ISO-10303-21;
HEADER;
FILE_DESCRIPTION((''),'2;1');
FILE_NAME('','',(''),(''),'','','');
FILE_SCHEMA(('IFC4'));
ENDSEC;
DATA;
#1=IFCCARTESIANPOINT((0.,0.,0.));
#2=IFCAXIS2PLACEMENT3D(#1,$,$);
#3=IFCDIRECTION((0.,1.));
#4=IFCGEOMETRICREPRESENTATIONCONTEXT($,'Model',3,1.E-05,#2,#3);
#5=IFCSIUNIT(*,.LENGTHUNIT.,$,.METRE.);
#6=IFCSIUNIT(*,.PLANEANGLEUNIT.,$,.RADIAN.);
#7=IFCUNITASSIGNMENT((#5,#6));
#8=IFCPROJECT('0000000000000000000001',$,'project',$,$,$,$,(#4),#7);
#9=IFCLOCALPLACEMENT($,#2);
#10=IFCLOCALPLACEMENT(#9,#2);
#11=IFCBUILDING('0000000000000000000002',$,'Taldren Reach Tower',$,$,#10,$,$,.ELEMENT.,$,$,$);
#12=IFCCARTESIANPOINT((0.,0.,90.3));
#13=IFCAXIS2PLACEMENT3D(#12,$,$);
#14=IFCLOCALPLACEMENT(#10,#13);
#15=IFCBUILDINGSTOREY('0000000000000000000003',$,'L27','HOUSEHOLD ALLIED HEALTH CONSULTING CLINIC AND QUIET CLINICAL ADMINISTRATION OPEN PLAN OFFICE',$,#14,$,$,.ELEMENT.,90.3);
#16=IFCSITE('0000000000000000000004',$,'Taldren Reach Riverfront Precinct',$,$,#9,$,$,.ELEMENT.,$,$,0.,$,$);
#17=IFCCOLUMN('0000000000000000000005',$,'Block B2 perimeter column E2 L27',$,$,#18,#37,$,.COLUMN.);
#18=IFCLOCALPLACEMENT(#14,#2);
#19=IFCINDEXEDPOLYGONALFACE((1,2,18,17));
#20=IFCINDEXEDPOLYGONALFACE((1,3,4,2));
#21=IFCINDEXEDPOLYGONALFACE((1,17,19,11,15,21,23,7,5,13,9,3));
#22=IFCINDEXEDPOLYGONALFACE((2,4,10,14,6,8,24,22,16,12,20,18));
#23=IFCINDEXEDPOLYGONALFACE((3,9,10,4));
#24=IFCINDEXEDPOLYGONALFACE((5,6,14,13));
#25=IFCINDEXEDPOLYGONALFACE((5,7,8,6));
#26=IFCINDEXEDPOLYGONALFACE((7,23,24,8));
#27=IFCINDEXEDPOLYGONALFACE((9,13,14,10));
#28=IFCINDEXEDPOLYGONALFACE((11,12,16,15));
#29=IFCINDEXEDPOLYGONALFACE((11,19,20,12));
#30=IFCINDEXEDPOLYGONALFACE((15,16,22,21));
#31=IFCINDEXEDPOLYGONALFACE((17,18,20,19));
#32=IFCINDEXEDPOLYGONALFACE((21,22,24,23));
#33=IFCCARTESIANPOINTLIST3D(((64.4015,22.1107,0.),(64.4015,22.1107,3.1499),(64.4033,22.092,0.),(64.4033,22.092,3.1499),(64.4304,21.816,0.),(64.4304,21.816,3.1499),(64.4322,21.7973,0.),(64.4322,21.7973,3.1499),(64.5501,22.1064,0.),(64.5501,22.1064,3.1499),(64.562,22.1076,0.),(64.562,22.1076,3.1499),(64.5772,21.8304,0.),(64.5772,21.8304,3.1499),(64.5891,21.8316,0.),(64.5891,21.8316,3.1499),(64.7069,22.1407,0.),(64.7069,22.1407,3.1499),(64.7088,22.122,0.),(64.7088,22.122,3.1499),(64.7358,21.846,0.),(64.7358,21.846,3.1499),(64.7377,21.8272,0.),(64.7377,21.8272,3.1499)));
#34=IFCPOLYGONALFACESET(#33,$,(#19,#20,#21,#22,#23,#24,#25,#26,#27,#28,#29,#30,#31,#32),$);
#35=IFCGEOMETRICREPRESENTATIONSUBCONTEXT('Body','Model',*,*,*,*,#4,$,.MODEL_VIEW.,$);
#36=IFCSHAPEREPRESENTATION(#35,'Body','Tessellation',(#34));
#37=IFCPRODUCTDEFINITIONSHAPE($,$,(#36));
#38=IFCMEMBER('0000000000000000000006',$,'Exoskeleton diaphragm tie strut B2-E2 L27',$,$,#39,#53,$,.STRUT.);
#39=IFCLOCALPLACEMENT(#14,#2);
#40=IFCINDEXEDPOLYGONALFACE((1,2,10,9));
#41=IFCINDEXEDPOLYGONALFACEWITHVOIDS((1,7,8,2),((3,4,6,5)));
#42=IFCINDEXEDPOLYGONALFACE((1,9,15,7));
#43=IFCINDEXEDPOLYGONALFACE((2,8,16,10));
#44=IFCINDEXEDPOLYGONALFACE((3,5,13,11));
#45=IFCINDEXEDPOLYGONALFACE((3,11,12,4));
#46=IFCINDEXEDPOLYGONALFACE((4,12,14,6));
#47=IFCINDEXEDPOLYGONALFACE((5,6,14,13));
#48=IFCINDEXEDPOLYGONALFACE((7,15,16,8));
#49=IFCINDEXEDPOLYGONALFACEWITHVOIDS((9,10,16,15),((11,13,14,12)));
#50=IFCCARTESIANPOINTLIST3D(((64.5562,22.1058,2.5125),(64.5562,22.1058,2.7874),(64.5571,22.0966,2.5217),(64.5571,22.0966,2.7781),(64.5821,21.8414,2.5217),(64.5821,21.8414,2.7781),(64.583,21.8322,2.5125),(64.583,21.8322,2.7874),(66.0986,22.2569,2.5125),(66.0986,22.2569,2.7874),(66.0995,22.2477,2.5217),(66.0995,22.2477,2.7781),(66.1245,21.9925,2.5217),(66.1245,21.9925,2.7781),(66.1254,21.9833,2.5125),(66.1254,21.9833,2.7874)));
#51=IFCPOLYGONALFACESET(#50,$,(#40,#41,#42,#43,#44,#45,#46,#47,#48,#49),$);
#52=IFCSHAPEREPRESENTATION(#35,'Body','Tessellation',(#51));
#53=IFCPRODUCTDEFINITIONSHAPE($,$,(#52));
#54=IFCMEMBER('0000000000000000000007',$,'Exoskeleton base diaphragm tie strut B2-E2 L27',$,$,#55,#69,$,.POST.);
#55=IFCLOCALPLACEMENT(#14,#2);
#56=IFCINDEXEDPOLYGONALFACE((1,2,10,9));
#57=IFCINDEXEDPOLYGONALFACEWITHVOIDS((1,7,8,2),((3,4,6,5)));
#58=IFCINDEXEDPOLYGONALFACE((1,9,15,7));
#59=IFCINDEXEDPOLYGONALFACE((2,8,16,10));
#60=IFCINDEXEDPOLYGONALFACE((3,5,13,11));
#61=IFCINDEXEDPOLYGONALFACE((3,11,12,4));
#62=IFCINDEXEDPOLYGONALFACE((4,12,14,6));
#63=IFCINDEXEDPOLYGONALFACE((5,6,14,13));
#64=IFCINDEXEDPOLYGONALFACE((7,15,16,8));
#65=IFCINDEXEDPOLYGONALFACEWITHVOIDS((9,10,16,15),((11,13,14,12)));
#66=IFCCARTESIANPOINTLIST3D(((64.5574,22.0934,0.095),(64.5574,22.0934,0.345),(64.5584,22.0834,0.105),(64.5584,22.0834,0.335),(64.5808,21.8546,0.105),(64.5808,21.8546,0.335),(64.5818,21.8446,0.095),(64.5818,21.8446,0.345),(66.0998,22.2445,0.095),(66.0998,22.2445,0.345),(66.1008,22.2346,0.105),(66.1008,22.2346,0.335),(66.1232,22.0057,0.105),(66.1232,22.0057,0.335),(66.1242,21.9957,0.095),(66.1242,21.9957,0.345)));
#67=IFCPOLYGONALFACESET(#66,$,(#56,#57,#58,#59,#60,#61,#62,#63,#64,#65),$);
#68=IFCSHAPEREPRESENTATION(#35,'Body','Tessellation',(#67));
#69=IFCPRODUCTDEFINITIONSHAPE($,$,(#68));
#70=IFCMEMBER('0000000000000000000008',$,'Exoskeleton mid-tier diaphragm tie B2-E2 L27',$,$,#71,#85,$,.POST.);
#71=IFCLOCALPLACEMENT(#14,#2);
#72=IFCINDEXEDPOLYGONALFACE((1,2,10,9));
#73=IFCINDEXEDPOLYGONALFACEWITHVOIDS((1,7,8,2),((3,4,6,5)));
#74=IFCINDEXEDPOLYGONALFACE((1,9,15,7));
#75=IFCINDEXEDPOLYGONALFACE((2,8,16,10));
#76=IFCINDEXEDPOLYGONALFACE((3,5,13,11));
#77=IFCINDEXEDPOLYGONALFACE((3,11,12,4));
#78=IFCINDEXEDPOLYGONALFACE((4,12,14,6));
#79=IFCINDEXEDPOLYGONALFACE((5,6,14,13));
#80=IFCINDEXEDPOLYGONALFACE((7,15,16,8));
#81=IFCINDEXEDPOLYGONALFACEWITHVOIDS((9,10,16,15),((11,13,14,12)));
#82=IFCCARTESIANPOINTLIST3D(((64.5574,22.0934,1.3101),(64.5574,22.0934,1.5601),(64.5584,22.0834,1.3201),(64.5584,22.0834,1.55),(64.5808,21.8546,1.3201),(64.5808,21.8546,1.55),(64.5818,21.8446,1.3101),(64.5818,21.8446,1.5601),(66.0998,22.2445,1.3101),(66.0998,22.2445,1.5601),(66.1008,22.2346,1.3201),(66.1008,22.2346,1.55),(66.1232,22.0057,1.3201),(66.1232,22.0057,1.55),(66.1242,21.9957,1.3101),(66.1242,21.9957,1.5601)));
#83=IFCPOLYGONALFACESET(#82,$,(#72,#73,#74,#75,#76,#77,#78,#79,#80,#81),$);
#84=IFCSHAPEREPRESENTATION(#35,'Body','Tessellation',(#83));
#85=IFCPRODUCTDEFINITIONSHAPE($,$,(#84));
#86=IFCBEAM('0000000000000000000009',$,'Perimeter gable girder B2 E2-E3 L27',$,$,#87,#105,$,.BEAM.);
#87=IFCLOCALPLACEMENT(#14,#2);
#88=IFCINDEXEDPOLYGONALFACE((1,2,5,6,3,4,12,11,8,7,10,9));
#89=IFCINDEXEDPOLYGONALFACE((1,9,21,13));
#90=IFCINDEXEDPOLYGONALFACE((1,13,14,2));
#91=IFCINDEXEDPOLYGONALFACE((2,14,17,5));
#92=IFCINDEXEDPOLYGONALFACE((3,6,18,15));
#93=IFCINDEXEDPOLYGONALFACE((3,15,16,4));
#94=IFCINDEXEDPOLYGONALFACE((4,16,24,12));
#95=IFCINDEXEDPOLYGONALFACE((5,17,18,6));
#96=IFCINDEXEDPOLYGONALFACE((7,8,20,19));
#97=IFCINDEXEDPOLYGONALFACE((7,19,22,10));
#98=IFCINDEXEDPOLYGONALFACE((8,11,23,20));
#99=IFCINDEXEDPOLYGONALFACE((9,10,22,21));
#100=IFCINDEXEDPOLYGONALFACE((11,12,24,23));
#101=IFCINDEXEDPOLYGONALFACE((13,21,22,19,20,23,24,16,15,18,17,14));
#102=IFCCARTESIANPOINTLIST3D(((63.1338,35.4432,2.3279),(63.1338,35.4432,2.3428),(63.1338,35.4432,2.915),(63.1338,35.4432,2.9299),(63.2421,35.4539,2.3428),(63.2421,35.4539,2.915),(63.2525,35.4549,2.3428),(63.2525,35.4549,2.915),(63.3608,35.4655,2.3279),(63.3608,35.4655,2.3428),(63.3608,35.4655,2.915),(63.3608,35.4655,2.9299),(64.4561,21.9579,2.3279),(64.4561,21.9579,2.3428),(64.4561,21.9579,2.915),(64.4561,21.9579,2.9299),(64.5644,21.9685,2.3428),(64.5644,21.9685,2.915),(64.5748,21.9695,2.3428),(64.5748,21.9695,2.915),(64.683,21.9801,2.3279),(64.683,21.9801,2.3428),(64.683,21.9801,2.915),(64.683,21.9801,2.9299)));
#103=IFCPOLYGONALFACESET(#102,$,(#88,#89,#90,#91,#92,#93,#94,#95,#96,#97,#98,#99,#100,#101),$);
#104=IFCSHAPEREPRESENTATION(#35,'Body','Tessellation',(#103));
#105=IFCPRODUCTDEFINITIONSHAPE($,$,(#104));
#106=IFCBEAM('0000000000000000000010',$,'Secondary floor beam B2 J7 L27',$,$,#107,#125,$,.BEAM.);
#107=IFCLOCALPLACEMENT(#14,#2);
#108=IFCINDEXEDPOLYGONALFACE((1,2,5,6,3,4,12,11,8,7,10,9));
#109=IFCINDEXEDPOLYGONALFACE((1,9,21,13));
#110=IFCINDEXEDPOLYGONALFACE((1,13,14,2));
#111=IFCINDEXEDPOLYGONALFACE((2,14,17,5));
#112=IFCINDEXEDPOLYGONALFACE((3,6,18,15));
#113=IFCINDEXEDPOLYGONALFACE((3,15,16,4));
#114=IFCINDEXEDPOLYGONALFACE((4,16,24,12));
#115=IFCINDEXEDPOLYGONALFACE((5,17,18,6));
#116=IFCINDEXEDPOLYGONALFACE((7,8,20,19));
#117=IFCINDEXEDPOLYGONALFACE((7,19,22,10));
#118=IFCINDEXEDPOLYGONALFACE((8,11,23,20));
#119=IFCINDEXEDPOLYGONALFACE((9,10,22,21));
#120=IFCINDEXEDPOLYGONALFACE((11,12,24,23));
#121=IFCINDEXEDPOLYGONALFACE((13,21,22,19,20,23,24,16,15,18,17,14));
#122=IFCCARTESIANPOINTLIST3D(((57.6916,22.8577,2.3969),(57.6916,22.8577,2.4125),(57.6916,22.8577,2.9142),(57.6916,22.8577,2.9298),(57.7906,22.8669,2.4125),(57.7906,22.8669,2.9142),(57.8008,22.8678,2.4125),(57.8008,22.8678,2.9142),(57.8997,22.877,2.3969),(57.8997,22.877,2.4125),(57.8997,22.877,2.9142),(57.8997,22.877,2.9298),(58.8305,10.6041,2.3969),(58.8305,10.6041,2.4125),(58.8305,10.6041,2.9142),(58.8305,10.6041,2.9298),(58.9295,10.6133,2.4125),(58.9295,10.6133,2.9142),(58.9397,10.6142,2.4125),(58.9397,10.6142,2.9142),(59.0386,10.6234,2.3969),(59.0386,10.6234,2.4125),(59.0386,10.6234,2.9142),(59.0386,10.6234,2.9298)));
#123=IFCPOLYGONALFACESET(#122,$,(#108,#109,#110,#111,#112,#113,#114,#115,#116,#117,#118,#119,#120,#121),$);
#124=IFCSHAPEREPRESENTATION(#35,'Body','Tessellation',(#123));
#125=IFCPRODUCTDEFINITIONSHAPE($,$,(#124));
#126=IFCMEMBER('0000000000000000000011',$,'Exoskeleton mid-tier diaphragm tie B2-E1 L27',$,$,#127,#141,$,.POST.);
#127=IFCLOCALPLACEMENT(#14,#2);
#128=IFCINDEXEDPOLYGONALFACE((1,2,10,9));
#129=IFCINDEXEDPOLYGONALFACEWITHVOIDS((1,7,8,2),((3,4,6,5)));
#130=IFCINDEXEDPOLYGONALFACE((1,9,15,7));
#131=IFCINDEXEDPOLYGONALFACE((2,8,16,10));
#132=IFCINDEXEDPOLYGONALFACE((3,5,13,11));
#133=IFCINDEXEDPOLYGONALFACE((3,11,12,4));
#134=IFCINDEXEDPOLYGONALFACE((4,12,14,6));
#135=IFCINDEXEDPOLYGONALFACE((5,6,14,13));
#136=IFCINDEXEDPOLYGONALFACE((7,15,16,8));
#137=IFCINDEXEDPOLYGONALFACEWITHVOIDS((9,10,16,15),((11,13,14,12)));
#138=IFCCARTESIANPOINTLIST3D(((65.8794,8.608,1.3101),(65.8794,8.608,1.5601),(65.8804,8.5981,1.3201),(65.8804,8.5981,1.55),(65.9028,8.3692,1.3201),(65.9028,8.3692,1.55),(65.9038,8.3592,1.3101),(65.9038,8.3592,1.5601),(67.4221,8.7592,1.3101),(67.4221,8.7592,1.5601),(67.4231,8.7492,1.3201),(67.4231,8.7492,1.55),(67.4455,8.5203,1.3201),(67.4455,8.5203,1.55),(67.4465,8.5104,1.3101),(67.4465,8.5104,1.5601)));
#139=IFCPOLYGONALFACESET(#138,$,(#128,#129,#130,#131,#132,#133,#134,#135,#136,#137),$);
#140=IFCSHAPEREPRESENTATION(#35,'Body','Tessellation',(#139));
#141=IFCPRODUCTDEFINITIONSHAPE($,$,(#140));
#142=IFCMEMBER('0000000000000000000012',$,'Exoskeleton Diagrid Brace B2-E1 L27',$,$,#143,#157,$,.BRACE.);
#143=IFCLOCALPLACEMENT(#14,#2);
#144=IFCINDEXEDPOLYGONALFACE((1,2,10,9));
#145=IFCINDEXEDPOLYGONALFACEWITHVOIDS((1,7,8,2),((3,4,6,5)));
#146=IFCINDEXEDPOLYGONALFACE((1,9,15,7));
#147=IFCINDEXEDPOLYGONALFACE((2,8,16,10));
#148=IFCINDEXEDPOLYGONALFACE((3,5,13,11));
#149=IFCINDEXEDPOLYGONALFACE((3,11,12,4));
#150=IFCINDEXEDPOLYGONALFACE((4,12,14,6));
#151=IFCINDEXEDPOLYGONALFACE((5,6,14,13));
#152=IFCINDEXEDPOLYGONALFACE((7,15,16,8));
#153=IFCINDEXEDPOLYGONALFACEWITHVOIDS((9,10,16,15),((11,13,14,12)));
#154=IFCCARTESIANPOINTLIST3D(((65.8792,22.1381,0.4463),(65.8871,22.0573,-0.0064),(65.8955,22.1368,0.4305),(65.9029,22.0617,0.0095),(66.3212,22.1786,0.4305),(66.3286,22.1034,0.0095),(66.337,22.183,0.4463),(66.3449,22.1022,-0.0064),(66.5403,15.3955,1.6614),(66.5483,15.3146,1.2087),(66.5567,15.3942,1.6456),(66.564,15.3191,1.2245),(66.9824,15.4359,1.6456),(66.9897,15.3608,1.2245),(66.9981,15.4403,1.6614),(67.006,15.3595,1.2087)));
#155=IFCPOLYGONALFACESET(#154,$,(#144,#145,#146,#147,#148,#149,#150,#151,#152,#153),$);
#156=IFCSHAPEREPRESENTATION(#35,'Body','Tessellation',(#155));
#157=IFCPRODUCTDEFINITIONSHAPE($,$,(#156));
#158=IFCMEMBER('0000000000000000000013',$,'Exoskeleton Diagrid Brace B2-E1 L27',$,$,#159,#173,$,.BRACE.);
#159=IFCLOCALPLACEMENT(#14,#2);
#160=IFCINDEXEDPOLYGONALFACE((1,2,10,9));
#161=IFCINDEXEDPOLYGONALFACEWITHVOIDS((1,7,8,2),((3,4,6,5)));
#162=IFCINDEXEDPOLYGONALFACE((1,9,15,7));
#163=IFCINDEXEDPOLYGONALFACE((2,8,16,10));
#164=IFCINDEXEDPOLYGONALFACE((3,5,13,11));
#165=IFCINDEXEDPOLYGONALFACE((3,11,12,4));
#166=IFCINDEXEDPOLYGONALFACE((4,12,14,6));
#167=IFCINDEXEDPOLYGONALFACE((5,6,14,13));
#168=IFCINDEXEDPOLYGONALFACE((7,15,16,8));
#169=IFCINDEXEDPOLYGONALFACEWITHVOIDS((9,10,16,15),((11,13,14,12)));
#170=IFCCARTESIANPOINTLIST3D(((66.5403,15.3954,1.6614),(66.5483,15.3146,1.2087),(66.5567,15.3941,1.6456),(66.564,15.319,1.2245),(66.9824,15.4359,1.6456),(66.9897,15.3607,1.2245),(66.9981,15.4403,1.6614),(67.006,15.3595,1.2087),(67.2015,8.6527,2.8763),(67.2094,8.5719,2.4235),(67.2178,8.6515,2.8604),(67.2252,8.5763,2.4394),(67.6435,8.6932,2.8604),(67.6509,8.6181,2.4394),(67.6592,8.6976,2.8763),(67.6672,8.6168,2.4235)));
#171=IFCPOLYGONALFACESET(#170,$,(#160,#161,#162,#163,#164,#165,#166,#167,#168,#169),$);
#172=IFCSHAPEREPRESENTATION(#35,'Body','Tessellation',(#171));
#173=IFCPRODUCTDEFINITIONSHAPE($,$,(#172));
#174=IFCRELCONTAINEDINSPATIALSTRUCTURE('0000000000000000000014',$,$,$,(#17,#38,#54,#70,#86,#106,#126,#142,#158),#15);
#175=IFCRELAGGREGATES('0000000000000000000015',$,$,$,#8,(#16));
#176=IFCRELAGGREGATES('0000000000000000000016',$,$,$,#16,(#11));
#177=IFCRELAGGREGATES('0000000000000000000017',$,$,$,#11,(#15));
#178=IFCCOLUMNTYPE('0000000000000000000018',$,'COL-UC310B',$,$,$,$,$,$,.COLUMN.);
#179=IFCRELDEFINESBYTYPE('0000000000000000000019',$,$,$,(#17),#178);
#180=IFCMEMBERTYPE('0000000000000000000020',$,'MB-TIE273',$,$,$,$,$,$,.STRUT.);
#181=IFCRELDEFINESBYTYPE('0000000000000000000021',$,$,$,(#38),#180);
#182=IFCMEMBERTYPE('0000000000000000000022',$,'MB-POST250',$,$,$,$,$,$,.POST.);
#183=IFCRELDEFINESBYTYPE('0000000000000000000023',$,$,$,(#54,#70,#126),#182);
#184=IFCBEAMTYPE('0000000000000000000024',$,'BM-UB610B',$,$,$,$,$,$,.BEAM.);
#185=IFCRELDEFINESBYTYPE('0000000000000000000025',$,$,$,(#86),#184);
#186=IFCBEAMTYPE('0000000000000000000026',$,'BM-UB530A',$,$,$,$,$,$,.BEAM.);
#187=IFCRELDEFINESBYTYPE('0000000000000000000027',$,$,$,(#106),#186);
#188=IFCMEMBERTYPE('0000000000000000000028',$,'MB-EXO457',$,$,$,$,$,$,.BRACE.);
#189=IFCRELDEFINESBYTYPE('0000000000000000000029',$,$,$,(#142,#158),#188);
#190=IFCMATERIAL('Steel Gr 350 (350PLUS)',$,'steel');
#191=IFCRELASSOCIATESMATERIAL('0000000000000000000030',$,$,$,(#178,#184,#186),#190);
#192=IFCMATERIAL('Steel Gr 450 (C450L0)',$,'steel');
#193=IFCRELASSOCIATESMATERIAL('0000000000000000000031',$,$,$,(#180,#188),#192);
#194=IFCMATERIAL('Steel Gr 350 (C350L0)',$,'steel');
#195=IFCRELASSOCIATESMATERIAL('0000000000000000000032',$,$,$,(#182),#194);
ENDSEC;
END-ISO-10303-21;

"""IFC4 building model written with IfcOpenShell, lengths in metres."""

from ifc_helpers import new_model, si_unit, direction, frame, origin, origin_2d, place, context, subcontext, project, spatial, hollow_rectangle, i_section, extrude, source, transform, mapped, material, material_profile, profile_set, type_object, element, save


model = new_model("IFC4")

# Units and contexts
model_context = context("Model", 3, precision=1e-05, world=origin(), true_north=direction((0.0, 1.0)))
body_context = subcontext(model_context, "Body", "Model", "MODEL_VIEW")
ifc_project = project(units=[si_unit("LENGTHUNIT", "METRE"), si_unit("PLANEANGLEUNIT", "RADIAN")], contexts=[model_context])

# Site, building, storey
site_placement = place(None, origin())
site = spatial("IfcSite", under=ifc_project, at=site_placement, Name="Taldren Reach Riverfront Precinct", CompositionType="ELEMENT", RefElevation=0.0)
building_placement = place(site_placement, origin())
building = spatial("IfcBuilding", under=site, at=building_placement, Name="Taldren Reach Tower", CompositionType="ELEMENT")
storey_placement = place(building_placement, frame((0.0, 0.0, 90.3)))
storey = spatial("IfcBuildingStorey", under=building, at=storey_placement, Name="L27", Description="HOUSEHOLD ALLIED HEALTH CONSULTING CLINIC AND QUIET CLINICAL ADMINISTRATION OPEN PLAN OFFICE", CompositionType="ELEMENT", Elevation=90.3)

# Column
ifc_material_1 = material(Name="Steel Gr 350 (350PLUS)", Category="steel")
ifc_material_profile_1 = material_profile(ifc_material_1, i_section(OverallWidth=0.3069, OverallDepth=0.3149, WebThickness=0.012, FlangeThickness=0.0188, at=origin_2d()), Name="310UC118")
ifc_profile_set_1 = profile_set([ifc_material_profile_1], Name="Steel Gr 350 (350PLUS)")
column_type = type_object("IfcColumnType", Name="COL-UC310B", PredefinedType="COLUMN", material=ifc_profile_set_1)
shared_shape_1 = source(origin(), body_context, "Body", "SweptSolid", [
    extrude(i_section(OverallWidth=0.3069, OverallDepth=0.3149, WebThickness=0.012, FlangeThickness=0.0188, at=origin_2d()), origin(), (0.0, 0.0, 1.0), 3.1499),
])
column_placement = place(storey_placement, frame((64.5696, 21.969, 0.0), z_axis=(0.0, 0.0, 1.0), x_axis=(0.995227, 0.097583, 0.0)))
element("IfcColumn", 1, at=column_placement, inside=storey, type_object=column_type, Name="Block B2 perimeter column E2 L27", PredefinedType="COLUMN", context=body_context, shape_type="MappedRepresentation", body=[
    mapped(shared_shape_1, transform((0.0, 0.0, 0.0), scale=1.0)),
])

# Members
ifc_material_2 = material(Name="Steel Gr 450 (C450L0)", Category="steel")
ifc_material_profile_2 = material_profile(ifc_material_2, hollow_rectangle(XDim=0.2749, YDim=0.2749, WallThickness=0.0093, at=origin_2d()), Name="275x275x9.3SHS")
ifc_profile_set_2 = profile_set([ifc_material_profile_2], Name="Steel Gr 450 (C450L0)")
member_type_1 = type_object("IfcMemberType", Name="MB-TIE273", PredefinedType="STRUT", material=ifc_profile_set_2)
shared_shape_2 = source(origin(), body_context, "Body", "SweptSolid", [
    extrude(hollow_rectangle(XDim=0.2749, YDim=0.2749, WallThickness=0.0093, at=origin_2d()), origin(), (0.0, 0.0, 1.0), 1.5498),
])
member_1_placement = place(storey_placement, frame((64.5696, 21.969, 2.6499), z_axis=(0.995235, 0.097507, 0.0), x_axis=(-0.097507, 0.995235, 0.0)))
element("IfcMember", 2, at=member_1_placement, inside=storey, type_object=member_type_1, Name="Exoskeleton diaphragm tie strut B2-E2 L27", PredefinedType="STRUT", context=body_context, shape_type="MappedRepresentation", body=[
    mapped(shared_shape_2, transform((0.0, 0.0, 0.0), scale=1.0)),
])
ifc_material_3 = material(Name="Steel Gr 350 (C350L0)", Category="steel")
ifc_material_profile_3 = material_profile(ifc_material_3, hollow_rectangle(XDim=0.25, YDim=0.25, WallThickness=0.01, at=origin_2d()), Name="250x250x10.0SHS")
ifc_profile_set_3 = profile_set([ifc_material_profile_3], Name="Steel Gr 350 (C350L0)")
member_type_2 = type_object("IfcMemberType", Name="MB-POST250", PredefinedType="POST", material=ifc_profile_set_3)
shared_shape_3 = source(origin(), body_context, "Body", "SweptSolid", [
    extrude(hollow_rectangle(XDim=0.25, YDim=0.25, WallThickness=0.01, at=origin_2d()), origin(), (0.0, 0.0, 1.0), 1.5498),
])
for number, where, z_axis, x_axis, name in (
    (3, (64.5696, 21.969, 0.22), (0.995235, 0.097507, 0.0), (-0.097507, 0.995235, 0.0), "Exoskeleton base diaphragm tie strut B2-E2 L27"),
    (4, (64.5696, 21.969, 1.4351), (0.995235, 0.097507, 0.0), (-0.097507, 0.995235, 0.0), "Exoskeleton mid-tier diaphragm tie B2-E2 L27"),
):
    element("IfcMember", number, at=place(storey_placement, frame(where, z_axis=z_axis, x_axis=x_axis)), inside=storey, type_object=member_type_2, Name=name, PredefinedType="POST", context=body_context, shape_type="MappedRepresentation", body=[
        mapped(shared_shape_3, transform((0.0, 0.0, 0.0), scale=1.0)),
    ])

# Beams
ifc_material_profile_4 = material_profile(ifc_material_1, i_section(OverallWidth=0.228, OverallDepth=0.6021, WebThickness=0.0105, FlangeThickness=0.0149, at=origin_2d()), Name="610UB101")
ifc_profile_set_4 = profile_set([ifc_material_profile_4], Name="Steel Gr 350 (350PLUS)")
beam_type_1 = type_object("IfcBeamType", Name="BM-UB610B", PredefinedType="BEAM", material=ifc_profile_set_4)
shared_shape_4 = source(origin(), body_context, "Body", "SweptSolid", [
    extrude(i_section(OverallWidth=0.228, OverallDepth=0.6021, WebThickness=0.0105, FlangeThickness=0.0149, at=origin_2d()), origin(), (0.0, 0.0, 1.0), 13.55),
])
beam_1_placement = place(storey_placement, frame((64.5696, 21.969, 2.6289), z_axis=(-0.097584, 0.995227, 0.0), x_axis=(-0.995227, -0.097584, 0.0)))
element("IfcBeam", 5, at=beam_1_placement, inside=storey, type_object=beam_type_1, Name="Perimeter gable girder B2 E2-E3 L27", PredefinedType="BEAM", context=body_context, shape_type="MappedRepresentation", body=[
    mapped(shared_shape_4, transform((0.0, 0.0, 0.0), scale=1.0)),
])
ifc_material_profile_5 = material_profile(ifc_material_1, i_section(OverallWidth=0.209, OverallDepth=0.533, WebThickness=0.0103, FlangeThickness=0.0156, at=origin_2d()), Name="530UB92.4")
ifc_profile_set_5 = profile_set([ifc_material_profile_5], Name="Steel Gr 350 (350PLUS)")
beam_type_2 = type_object("IfcBeamType", Name="BM-UB530A", PredefinedType="BEAM", material=ifc_profile_set_5)
shared_shape_5 = source(origin(), body_context, "Body", "SweptSolid", [
    extrude(i_section(OverallWidth=0.209, OverallDepth=0.533, WebThickness=0.0103, FlangeThickness=0.0156, at=origin_2d()), origin(), (0.0, 0.0, 1.0), 12.3064),
])
beam_2_placement = place(storey_placement, frame((58.9346, 10.6138, 2.6633), z_axis=(-0.092546, 0.995708, 0.0), x_axis=(-0.995708, -0.092546, 0.0)))
element("IfcBeam", 6, at=beam_2_placement, inside=storey, type_object=beam_type_2, Name="Secondary floor beam B2 J7 L27", PredefinedType="BEAM", context=body_context, shape_type="MappedRepresentation", body=[
    mapped(shared_shape_5, transform((0.0, 0.0, 0.0), scale=1.0)),
])

# Members
shared_shape_6 = source(origin(), body_context, "Body", "SweptSolid", [
    extrude(hollow_rectangle(XDim=0.25, YDim=0.25, WallThickness=0.01, at=origin_2d()), origin(), (0.0, 0.0, 1.0), 1.55),
])
member_2_placement = place(storey_placement, frame((65.8916, 8.4836, 1.4351), z_axis=(0.995236, 0.097492, 0.0), x_axis=(-0.097492, 0.995236, 0.0)))
element("IfcMember", 7, at=member_2_placement, inside=storey, type_object=member_type_2, Name="Exoskeleton mid-tier diaphragm tie B2-E1 L27", PredefinedType="POST", context=body_context, shape_type="MappedRepresentation", body=[
    mapped(shared_shape_6, transform((0.0, 0.0, 0.0), scale=1.0)),
])
ifc_material_profile_6 = material_profile(ifc_material_2, hollow_rectangle(XDim=0.46, YDim=0.46, WallThickness=0.0161, at=origin_2d()), Name="460x460x16.0SHS")
ifc_profile_set_6 = profile_set([ifc_material_profile_6], Name="Steel Gr 450 (C450L0)")
member_type_3 = type_object("IfcMemberType", Name="MB-EXO457", PredefinedType="BRACE", material=ifc_profile_set_6)
shared_shape_7 = source(origin(), body_context, "Body", "SweptSolid", [
    extrude(hollow_rectangle(XDim=0.46, YDim=0.46, WallThickness=0.0161, at=origin_2d()), origin(), (0.0, 0.0, 1.0), 6.8831),
])
for number, where, z_axis, x_axis, name in (
    (8, (66.1121, 22.1201, 0.22), (0.096051, -0.979597, 0.176532), (0.995227, 0.097584, 0.0), "Exoskeleton Diagrid Brace B2-E1 L27"),
    (9, (66.7732, 15.3774, 1.4351), (0.096052, -0.979603, 0.176497), (0.995227, 0.097584, 0.0), "Exoskeleton Diagrid Brace B2-E1 L27"),
):
    element("IfcMember", number, at=place(storey_placement, frame(where, z_axis=z_axis, x_axis=x_axis)), inside=storey, type_object=member_type_3, Name=name, PredefinedType="BRACE", context=body_context, shape_type="MappedRepresentation", body=[
        mapped(shared_shape_7, transform((0.0, 0.0, 0.0), scale=1.0)),
    ])

save(model, "model.ifc")
